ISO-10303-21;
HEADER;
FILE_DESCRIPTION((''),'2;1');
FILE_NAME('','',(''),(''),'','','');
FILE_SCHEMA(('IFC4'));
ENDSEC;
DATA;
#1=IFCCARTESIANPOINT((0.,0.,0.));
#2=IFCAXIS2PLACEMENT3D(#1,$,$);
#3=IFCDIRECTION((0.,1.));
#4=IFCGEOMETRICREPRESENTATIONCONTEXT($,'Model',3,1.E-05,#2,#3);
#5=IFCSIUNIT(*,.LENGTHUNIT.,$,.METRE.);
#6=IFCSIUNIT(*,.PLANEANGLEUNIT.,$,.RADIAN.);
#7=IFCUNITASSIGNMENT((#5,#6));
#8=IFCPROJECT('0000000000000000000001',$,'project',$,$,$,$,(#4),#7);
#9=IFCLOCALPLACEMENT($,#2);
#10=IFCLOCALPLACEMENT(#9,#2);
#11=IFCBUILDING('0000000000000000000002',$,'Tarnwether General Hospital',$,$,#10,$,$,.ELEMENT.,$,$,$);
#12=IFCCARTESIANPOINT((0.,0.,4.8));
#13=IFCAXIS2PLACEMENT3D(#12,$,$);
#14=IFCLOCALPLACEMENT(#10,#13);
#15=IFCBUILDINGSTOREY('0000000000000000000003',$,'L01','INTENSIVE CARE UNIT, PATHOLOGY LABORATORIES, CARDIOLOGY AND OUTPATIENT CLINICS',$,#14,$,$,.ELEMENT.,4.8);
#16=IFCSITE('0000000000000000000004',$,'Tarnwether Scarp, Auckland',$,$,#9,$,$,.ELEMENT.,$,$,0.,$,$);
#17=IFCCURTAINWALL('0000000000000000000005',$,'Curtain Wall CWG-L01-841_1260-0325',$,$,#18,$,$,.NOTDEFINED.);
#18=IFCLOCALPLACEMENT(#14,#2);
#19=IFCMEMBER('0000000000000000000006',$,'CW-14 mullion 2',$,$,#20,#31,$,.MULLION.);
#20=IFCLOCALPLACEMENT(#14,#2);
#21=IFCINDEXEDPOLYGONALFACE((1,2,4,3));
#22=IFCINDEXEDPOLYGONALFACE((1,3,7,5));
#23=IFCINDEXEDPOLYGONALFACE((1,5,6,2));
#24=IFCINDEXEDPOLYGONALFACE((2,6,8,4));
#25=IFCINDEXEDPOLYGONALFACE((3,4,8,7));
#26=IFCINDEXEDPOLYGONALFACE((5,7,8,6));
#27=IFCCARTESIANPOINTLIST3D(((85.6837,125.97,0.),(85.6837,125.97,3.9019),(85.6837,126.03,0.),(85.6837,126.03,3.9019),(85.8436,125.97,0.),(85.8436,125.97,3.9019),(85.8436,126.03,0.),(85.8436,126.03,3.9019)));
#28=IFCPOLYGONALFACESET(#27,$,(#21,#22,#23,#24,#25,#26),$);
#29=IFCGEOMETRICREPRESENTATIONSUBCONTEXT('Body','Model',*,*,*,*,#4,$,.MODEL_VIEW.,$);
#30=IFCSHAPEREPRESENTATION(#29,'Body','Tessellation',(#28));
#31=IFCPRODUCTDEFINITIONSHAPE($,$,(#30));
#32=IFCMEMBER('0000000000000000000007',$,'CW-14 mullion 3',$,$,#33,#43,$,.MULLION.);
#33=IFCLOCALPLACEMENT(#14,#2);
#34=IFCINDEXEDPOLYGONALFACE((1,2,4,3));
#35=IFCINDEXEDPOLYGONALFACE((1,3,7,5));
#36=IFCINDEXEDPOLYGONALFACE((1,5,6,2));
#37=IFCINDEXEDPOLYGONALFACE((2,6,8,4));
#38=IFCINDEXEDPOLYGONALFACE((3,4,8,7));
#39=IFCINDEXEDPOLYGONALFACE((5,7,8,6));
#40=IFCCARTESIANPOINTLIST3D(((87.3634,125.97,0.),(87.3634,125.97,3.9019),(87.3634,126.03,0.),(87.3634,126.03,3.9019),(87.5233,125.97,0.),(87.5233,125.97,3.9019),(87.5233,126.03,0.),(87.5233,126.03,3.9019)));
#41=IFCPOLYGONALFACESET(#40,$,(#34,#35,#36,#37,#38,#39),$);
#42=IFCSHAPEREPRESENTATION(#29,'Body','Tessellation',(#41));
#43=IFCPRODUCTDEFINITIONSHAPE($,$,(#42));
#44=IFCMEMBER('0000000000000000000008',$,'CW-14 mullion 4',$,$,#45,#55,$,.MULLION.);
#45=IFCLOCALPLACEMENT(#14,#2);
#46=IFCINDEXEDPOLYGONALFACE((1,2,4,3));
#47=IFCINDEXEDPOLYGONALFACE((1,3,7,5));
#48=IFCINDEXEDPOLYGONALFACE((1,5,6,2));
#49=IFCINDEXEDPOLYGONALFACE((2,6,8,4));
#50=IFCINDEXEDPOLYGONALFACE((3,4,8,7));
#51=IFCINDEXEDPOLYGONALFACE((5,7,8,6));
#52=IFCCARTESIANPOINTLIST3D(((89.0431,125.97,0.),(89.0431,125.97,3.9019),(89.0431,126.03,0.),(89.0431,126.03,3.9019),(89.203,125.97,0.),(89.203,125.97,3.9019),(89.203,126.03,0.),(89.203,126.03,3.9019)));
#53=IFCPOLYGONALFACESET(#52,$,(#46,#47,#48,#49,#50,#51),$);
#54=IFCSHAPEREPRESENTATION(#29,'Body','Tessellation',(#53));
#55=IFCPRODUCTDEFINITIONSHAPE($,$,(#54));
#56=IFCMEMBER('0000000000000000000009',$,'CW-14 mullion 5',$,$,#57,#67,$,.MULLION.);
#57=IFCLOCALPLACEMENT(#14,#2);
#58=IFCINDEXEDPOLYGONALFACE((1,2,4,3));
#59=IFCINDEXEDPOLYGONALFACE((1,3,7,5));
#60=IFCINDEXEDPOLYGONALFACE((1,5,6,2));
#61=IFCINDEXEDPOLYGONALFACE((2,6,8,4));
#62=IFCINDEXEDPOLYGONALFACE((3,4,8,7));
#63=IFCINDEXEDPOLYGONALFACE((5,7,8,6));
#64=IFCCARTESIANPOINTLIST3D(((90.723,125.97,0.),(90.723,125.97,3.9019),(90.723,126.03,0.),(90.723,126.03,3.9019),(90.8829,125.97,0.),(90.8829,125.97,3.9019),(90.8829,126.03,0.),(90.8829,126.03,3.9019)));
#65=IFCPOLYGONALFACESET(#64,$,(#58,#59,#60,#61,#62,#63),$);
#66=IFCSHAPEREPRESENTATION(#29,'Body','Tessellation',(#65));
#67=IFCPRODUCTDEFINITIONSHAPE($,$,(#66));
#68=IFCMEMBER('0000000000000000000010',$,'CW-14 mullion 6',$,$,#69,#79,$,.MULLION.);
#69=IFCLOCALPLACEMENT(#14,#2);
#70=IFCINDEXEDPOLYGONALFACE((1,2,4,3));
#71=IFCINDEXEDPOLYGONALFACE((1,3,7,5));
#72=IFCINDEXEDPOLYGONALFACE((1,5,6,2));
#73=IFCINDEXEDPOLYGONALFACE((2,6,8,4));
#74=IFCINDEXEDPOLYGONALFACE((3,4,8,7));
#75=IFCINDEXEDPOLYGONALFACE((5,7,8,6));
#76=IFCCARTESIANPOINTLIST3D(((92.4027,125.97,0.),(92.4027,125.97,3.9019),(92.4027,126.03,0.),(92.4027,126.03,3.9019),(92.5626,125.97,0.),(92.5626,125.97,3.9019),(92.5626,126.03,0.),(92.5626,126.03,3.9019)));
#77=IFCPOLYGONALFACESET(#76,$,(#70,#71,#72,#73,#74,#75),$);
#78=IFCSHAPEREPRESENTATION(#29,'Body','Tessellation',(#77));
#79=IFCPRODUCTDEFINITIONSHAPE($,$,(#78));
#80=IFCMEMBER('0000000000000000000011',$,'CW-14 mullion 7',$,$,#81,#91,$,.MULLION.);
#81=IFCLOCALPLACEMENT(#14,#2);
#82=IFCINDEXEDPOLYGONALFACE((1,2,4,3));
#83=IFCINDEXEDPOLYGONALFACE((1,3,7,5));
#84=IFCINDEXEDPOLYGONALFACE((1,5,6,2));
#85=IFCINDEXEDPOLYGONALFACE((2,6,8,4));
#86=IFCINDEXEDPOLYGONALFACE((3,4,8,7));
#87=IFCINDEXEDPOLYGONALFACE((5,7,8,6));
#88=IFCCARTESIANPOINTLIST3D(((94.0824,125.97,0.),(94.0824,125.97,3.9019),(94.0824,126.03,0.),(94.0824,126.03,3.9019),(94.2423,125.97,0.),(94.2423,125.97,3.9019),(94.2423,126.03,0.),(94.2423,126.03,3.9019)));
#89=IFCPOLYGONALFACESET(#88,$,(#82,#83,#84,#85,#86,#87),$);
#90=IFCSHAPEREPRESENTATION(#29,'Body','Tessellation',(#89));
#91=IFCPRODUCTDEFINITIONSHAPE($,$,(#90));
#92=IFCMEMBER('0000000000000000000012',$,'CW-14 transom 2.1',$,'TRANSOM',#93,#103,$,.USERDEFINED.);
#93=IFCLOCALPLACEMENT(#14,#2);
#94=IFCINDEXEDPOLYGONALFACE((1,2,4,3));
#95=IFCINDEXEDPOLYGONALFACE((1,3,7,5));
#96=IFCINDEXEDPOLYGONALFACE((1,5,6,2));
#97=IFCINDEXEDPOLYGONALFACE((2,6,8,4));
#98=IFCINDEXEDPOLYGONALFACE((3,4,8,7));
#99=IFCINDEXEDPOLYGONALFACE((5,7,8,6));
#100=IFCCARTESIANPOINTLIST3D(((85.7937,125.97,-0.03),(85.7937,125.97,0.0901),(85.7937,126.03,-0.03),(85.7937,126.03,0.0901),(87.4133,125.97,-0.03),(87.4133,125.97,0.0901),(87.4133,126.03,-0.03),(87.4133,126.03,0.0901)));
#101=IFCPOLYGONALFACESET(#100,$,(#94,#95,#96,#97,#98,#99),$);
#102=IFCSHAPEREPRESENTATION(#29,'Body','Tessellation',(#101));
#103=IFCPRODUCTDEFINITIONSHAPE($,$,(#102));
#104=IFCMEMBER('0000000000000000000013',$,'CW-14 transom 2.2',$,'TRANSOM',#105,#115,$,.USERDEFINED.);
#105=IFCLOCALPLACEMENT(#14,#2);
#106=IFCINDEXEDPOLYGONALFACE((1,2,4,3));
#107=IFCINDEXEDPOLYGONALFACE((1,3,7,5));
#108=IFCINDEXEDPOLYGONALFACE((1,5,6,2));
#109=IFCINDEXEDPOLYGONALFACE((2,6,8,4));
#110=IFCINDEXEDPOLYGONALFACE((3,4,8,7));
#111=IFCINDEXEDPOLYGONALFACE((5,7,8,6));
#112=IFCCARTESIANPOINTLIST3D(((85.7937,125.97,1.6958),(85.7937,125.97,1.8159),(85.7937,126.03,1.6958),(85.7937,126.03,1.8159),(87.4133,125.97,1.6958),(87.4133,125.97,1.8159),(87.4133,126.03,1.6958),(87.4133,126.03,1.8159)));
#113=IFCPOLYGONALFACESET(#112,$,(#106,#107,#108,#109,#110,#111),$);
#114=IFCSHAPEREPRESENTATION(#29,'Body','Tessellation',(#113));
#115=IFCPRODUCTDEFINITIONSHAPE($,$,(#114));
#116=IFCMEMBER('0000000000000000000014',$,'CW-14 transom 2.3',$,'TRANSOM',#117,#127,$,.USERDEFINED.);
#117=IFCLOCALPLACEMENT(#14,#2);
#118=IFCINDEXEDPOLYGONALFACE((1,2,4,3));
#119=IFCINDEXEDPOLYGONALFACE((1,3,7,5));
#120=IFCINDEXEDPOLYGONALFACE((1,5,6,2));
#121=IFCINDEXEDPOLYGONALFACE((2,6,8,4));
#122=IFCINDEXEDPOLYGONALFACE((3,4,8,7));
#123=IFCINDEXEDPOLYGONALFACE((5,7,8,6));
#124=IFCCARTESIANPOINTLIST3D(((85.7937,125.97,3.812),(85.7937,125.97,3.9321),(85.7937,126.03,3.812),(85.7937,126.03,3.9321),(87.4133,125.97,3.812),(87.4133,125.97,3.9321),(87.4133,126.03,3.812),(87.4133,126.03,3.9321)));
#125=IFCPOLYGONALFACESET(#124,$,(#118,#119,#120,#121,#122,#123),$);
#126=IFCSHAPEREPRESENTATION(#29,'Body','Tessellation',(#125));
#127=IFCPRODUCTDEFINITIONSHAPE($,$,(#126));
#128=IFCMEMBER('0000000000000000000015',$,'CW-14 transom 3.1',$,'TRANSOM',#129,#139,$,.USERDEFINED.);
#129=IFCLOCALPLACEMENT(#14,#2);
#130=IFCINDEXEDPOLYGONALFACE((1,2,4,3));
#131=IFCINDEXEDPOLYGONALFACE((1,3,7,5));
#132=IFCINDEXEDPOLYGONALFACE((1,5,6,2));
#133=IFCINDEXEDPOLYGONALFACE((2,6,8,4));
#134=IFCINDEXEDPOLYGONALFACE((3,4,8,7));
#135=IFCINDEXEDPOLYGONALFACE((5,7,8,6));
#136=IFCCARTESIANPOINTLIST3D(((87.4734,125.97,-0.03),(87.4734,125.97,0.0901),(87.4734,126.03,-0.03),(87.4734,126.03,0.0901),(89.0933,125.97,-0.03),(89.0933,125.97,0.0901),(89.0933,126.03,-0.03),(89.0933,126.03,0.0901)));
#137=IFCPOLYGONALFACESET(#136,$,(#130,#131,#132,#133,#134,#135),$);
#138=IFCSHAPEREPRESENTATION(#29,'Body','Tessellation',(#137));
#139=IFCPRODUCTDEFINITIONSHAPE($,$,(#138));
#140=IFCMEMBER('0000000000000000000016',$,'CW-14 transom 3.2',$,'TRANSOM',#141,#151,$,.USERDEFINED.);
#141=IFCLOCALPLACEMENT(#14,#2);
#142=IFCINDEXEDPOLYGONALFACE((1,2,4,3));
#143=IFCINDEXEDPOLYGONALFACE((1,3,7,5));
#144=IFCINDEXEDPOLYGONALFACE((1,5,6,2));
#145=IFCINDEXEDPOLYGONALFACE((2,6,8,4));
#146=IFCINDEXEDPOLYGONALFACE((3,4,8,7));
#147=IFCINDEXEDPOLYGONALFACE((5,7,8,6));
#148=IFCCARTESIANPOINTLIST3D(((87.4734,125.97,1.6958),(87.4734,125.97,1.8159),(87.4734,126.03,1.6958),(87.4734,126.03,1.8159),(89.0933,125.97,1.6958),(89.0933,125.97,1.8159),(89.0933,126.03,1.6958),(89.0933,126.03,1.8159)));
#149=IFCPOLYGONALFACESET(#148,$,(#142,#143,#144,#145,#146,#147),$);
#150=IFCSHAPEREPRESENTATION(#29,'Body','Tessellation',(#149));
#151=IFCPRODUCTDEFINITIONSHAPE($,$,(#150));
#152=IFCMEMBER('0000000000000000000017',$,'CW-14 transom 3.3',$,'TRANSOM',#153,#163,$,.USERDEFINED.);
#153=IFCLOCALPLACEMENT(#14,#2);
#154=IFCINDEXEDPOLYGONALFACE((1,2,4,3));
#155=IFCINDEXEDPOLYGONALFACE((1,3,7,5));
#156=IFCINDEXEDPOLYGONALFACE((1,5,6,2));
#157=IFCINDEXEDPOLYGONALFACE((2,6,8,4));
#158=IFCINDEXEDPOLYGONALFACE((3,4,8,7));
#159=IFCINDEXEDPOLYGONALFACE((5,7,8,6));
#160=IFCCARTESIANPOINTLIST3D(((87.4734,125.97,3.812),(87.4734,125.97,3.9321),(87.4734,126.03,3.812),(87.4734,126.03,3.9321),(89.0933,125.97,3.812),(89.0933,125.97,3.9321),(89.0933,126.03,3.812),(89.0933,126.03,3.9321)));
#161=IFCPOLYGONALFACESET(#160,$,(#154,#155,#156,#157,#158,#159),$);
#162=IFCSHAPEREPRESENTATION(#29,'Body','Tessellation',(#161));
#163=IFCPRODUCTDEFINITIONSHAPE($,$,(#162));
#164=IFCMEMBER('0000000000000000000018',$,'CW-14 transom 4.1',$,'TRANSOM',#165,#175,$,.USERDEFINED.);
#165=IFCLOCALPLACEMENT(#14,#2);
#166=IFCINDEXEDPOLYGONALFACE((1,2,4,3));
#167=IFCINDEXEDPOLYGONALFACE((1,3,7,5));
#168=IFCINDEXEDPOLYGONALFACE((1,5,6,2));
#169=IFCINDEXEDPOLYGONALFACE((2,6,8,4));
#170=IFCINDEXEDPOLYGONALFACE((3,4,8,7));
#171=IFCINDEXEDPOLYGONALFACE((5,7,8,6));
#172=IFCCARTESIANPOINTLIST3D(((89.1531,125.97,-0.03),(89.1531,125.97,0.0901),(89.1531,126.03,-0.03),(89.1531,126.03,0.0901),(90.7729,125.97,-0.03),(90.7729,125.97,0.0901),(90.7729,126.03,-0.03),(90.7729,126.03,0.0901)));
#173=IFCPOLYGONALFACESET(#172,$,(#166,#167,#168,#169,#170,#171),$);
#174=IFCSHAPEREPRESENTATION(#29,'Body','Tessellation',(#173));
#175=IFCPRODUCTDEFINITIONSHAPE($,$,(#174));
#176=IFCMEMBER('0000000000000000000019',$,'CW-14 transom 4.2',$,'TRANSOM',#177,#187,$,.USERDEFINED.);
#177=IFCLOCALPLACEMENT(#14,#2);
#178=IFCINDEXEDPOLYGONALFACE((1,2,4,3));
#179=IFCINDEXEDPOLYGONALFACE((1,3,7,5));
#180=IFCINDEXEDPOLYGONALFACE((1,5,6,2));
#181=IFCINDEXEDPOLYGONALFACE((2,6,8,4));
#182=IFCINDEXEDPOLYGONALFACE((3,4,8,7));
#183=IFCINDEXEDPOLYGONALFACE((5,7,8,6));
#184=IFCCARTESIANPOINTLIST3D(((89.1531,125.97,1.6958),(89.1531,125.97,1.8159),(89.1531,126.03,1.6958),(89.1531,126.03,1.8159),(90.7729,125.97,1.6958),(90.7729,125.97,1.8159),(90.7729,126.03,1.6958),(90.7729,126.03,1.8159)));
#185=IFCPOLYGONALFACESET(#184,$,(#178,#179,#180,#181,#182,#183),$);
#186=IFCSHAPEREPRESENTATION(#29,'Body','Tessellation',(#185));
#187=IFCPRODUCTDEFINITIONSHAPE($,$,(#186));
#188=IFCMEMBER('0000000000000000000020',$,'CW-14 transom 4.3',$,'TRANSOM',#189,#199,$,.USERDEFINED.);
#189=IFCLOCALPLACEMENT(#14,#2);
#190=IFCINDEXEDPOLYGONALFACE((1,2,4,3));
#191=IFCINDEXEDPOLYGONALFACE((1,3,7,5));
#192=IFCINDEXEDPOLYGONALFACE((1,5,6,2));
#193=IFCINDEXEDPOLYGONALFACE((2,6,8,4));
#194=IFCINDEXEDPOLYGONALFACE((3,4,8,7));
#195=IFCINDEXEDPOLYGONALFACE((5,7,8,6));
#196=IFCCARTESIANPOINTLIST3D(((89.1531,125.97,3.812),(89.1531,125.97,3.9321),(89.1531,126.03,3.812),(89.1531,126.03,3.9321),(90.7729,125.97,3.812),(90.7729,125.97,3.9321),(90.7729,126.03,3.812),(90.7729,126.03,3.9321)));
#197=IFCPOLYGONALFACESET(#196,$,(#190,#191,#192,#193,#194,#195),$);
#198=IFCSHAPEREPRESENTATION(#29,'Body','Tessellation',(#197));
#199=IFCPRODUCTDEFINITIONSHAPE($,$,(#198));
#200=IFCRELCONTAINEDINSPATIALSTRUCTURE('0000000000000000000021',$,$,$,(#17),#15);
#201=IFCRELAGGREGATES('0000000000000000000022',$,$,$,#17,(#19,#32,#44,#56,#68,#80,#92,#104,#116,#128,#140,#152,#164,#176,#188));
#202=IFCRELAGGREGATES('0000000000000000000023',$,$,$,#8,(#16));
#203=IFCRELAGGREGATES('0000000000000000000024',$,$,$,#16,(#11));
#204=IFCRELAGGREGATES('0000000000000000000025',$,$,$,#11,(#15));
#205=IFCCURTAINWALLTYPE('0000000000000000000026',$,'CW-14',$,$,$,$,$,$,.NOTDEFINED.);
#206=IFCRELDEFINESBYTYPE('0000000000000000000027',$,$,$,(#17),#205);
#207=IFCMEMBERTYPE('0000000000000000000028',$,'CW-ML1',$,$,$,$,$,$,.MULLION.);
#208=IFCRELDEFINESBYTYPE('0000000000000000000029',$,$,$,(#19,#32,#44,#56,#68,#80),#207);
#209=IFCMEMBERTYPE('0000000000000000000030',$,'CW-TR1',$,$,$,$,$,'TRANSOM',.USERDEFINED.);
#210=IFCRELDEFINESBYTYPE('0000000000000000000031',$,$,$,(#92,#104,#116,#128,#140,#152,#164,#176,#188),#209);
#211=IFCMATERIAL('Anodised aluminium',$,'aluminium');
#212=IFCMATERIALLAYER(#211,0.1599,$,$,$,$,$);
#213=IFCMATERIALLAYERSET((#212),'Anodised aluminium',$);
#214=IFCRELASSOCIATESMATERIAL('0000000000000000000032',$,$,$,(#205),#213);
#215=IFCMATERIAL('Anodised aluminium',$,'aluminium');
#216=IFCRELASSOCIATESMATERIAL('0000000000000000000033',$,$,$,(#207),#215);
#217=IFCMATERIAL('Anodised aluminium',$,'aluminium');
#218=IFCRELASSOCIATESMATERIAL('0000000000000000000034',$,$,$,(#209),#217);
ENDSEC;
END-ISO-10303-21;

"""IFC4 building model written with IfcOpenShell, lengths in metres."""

from ifc_helpers import new_model, si_unit, direction, frame, origin, origin_2d, place, context, subcontext, project, spatial, rectangle, extrude, material, layer, layer_set, material_profile, profile_set, type_object, element, aggregate, save


model = new_model("IFC4")

# Units and contexts
model_context = context("Model", 3, precision=1e-05, world=origin(), true_north=direction((0.0, 1.0)))
body_context = subcontext(model_context, "Body", "Model", "MODEL_VIEW")
ifc_project = project(units=[si_unit("LENGTHUNIT", "METRE"), si_unit("PLANEANGLEUNIT", "RADIAN")], contexts=[model_context])

# Site, building, storey
site_placement = place(None, origin())
site = spatial("IfcSite", under=ifc_project, at=site_placement, Name="Tarnwether Scarp, Auckland", CompositionType="ELEMENT", RefElevation=0.0)
building_placement = place(site_placement, origin())
building = spatial("IfcBuilding", under=site, at=building_placement, Name="Tarnwether General Hospital", CompositionType="ELEMENT")
storey_placement = place(building_placement, frame((0.0, 0.0, 4.8)))
storey = spatial("IfcBuildingStorey", under=building, at=storey_placement, Name="L01", Description="INTENSIVE CARE UNIT, PATHOLOGY LABORATORIES, CARDIOLOGY AND OUTPATIENT CLINICS", CompositionType="ELEMENT", Elevation=4.8)

# Curtain wall, members
ifc_material_1 = material(Name="Anodised aluminium", Category="aluminium")
ifc_layer_1 = layer(ifc_material_1, 0.1599)
ifc_layer_set_1 = layer_set([ifc_layer_1], Name="Anodised aluminium")
curtain_wall_type = type_object("IfcCurtainWallType", Name="CW-14", PredefinedType="NOTDEFINED", material=ifc_layer_set_1)
curtain_wall_placement = place(storey_placement, origin())
curtain_wall = element("IfcCurtainWall", 1, at=curtain_wall_placement, inside=storey, type_object=curtain_wall_type, Name="Curtain Wall CWG-L01-841_1260-0325", PredefinedType="NOTDEFINED")
ifc_material_2 = material(Name="Anodised aluminium", Category="aluminium")
ifc_material_profile_1 = material_profile(ifc_material_2, rectangle(XDim=0.0601, YDim=0.1599, at=origin_2d()), Name="ALU-MUL-60x160")
ifc_profile_set_1 = profile_set([ifc_material_profile_1], Name="Anodised aluminium")
member_type_1 = type_object("IfcMemberType", Name="CW-ML1", PredefinedType="MULLION", material=ifc_profile_set_1)
member_1_placement = place(storey_placement, frame((85.7637, 126.0, 0.0), z_axis=(0.0, 0.0, 1.0), x_axis=(0.0, 1.0, 0.0)))
member_1 = element("IfcMember", 2, at=member_1_placement, type_object=member_type_1, Name="CW-14 mullion 2", PredefinedType="MULLION", context=body_context, shape_type="SweptSolid", body=[
    extrude(rectangle(XDim=0.0601, YDim=0.1599, at=origin_2d()), origin(), (0.0, 0.0, 1.0), 3.9019),
])
member_2_placement = place(storey_placement, frame((87.4434, 126.0, 0.0), z_axis=(0.0, 0.0, 1.0), x_axis=(0.0, 1.0, 0.0)))
member_2 = element("IfcMember", 3, at=member_2_placement, type_object=member_type_1, Name="CW-14 mullion 3", PredefinedType="MULLION", context=body_context, shape_type="SweptSolid", body=[
    extrude(rectangle(XDim=0.0601, YDim=0.1599, at=origin_2d()), origin(), (0.0, 0.0, 1.0), 3.9019),
])
member_3_placement = place(storey_placement, frame((89.123, 126.0, 0.0), z_axis=(0.0, 0.0, 1.0), x_axis=(0.0, 1.0, 0.0)))
member_3 = element("IfcMember", 4, at=member_3_placement, type_object=member_type_1, Name="CW-14 mullion 4", PredefinedType="MULLION", context=body_context, shape_type="SweptSolid", body=[
    extrude(rectangle(XDim=0.0601, YDim=0.1599, at=origin_2d()), origin(), (0.0, 0.0, 1.0), 3.9019),
])
member_4_placement = place(storey_placement, frame((90.803, 126.0, 0.0), z_axis=(0.0, 0.0, 1.0), x_axis=(0.0, 1.0, 0.0)))
member_4 = element("IfcMember", 5, at=member_4_placement, type_object=member_type_1, Name="CW-14 mullion 5", PredefinedType="MULLION", context=body_context, shape_type="SweptSolid", body=[
    extrude(rectangle(XDim=0.0601, YDim=0.1599, at=origin_2d()), origin(), (0.0, 0.0, 1.0), 3.9019),
])
member_5_placement = place(storey_placement, frame((92.4827, 126.0, 0.0), z_axis=(0.0, 0.0, 1.0), x_axis=(0.0, 1.0, 0.0)))
member_5 = element("IfcMember", 6, at=member_5_placement, type_object=member_type_1, Name="CW-14 mullion 6", PredefinedType="MULLION", context=body_context, shape_type="SweptSolid", body=[
    extrude(rectangle(XDim=0.0601, YDim=0.1599, at=origin_2d()), origin(), (0.0, 0.0, 1.0), 3.9019),
])
member_6_placement = place(storey_placement, frame((94.1624, 126.0, 0.0), z_axis=(0.0, 0.0, 1.0), x_axis=(0.0, 1.0, 0.0)))
member_6 = element("IfcMember", 7, at=member_6_placement, type_object=member_type_1, Name="CW-14 mullion 7", PredefinedType="MULLION", context=body_context, shape_type="SweptSolid", body=[
    extrude(rectangle(XDim=0.0601, YDim=0.1599, at=origin_2d()), origin(), (0.0, 0.0, 1.0), 3.9019),
])
ifc_material_3 = material(Name="Anodised aluminium", Category="aluminium")
ifc_material_profile_2 = material_profile(ifc_material_3, rectangle(XDim=0.0601, YDim=0.1201, at=origin_2d()), Name="ALU-TRN-60x120")
ifc_profile_set_2 = profile_set([ifc_material_profile_2], Name="Anodised aluminium")
member_type_2 = type_object("IfcMemberType", Name="CW-TR1", ElementType="TRANSOM", PredefinedType="USERDEFINED", material=ifc_profile_set_2)
member_7_placement = place(storey_placement, frame((85.7937, 126.0, 0.03), z_axis=(1.0, 0.0, 0.0), x_axis=(0.0, 1.0, 0.0)))
member_7 = element("IfcMember", 8, at=member_7_placement, type_object=member_type_2, Name="CW-14 transom 2.1", ObjectType="TRANSOM", PredefinedType="USERDEFINED", context=body_context, shape_type="SweptSolid", body=[
    extrude(rectangle(XDim=0.0601, YDim=0.1201, at=origin_2d()), origin(), (0.0, 0.0, 1.0), 1.6196),
])
member_8_placement = place(storey_placement, frame((85.7937, 126.0, 1.7559), z_axis=(1.0, 0.0, 0.0), x_axis=(0.0, 1.0, 0.0)))
member_8 = element("IfcMember", 9, at=member_8_placement, type_object=member_type_2, Name="CW-14 transom 2.2", ObjectType="TRANSOM", PredefinedType="USERDEFINED", context=body_context, shape_type="SweptSolid", body=[
    extrude(rectangle(XDim=0.0601, YDim=0.1201, at=origin_2d()), origin(), (0.0, 0.0, 1.0), 1.6196),
])
member_9_placement = place(storey_placement, frame((85.7937, 126.0, 3.8721), z_axis=(1.0, 0.0, 0.0), x_axis=(0.0, 1.0, 0.0)))
member_9 = element("IfcMember", 10, at=member_9_placement, type_object=member_type_2, Name="CW-14 transom 2.3", ObjectType="TRANSOM", PredefinedType="USERDEFINED", context=body_context, shape_type="SweptSolid", body=[
    extrude(rectangle(XDim=0.0601, YDim=0.1201, at=origin_2d()), origin(), (0.0, 0.0, 1.0), 1.6196),
])
member_10_placement = place(storey_placement, frame((87.4734, 126.0, 0.03), z_axis=(1.0, 0.0, 0.0), x_axis=(0.0, 1.0, 0.0)))
member_10 = element("IfcMember", 11, at=member_10_placement, type_object=member_type_2, Name="CW-14 transom 3.1", ObjectType="TRANSOM", PredefinedType="USERDEFINED", context=body_context, shape_type="SweptSolid", body=[
    extrude(rectangle(XDim=0.0601, YDim=0.1201, at=origin_2d()), origin(), (0.0, 0.0, 1.0), 1.6199),
])
member_11_placement = place(storey_placement, frame((87.4734, 126.0, 1.7559), z_axis=(1.0, 0.0, 0.0), x_axis=(0.0, 1.0, 0.0)))
member_11 = element("IfcMember", 12, at=member_11_placement, type_object=member_type_2, Name="CW-14 transom 3.2", ObjectType="TRANSOM", PredefinedType="USERDEFINED", context=body_context, shape_type="SweptSolid", body=[
    extrude(rectangle(XDim=0.0601, YDim=0.1201, at=origin_2d()), origin(), (0.0, 0.0, 1.0), 1.6199),
])
member_12_placement = place(storey_placement, frame((87.4734, 126.0, 3.8721), z_axis=(1.0, 0.0, 0.0), x_axis=(0.0, 1.0, 0.0)))
member_12 = element("IfcMember", 13, at=member_12_placement, type_object=member_type_2, Name="CW-14 transom 3.3", ObjectType="TRANSOM", PredefinedType="USERDEFINED", context=body_context, shape_type="SweptSolid", body=[
    extrude(rectangle(XDim=0.0601, YDim=0.1201, at=origin_2d()), origin(), (0.0, 0.0, 1.0), 1.6199),
])
member_13_placement = place(storey_placement, frame((89.1531, 126.0, 0.03), z_axis=(1.0, 0.0, 0.0), x_axis=(0.0, 1.0, 0.0)))
member_13 = element("IfcMember", 14, at=member_13_placement, type_object=member_type_2, Name="CW-14 transom 4.1", ObjectType="TRANSOM", PredefinedType="USERDEFINED", context=body_context, shape_type="SweptSolid", body=[
    extrude(rectangle(XDim=0.0601, YDim=0.1201, at=origin_2d()), origin(), (0.0, 0.0, 1.0), 1.6199),
])
member_14_placement = place(storey_placement, frame((89.1531, 126.0, 1.7559), z_axis=(1.0, 0.0, 0.0), x_axis=(0.0, 1.0, 0.0)))
member_14 = element("IfcMember", 15, at=member_14_placement, type_object=member_type_2, Name="CW-14 transom 4.2", ObjectType="TRANSOM", PredefinedType="USERDEFINED", context=body_context, shape_type="SweptSolid", body=[
    extrude(rectangle(XDim=0.0601, YDim=0.1201, at=origin_2d()), origin(), (0.0, 0.0, 1.0), 1.6199),
])
member_15_placement = place(storey_placement, frame((89.1531, 126.0, 3.8721), z_axis=(1.0, 0.0, 0.0), x_axis=(0.0, 1.0, 0.0)))
member_15 = element("IfcMember", 16, at=member_15_placement, type_object=member_type_2, Name="CW-14 transom 4.3", ObjectType="TRANSOM", PredefinedType="USERDEFINED", context=body_context, shape_type="SweptSolid", body=[
    extrude(rectangle(XDim=0.0601, YDim=0.1201, at=origin_2d()), origin(), (0.0, 0.0, 1.0), 1.6199),
])
aggregate(curtain_wall, [member_1, member_2, member_3, member_4, member_5, member_6, member_7, member_8, member_9, member_10, member_11, member_12, member_13, member_14, member_15])

save(model, "model.ifc")
